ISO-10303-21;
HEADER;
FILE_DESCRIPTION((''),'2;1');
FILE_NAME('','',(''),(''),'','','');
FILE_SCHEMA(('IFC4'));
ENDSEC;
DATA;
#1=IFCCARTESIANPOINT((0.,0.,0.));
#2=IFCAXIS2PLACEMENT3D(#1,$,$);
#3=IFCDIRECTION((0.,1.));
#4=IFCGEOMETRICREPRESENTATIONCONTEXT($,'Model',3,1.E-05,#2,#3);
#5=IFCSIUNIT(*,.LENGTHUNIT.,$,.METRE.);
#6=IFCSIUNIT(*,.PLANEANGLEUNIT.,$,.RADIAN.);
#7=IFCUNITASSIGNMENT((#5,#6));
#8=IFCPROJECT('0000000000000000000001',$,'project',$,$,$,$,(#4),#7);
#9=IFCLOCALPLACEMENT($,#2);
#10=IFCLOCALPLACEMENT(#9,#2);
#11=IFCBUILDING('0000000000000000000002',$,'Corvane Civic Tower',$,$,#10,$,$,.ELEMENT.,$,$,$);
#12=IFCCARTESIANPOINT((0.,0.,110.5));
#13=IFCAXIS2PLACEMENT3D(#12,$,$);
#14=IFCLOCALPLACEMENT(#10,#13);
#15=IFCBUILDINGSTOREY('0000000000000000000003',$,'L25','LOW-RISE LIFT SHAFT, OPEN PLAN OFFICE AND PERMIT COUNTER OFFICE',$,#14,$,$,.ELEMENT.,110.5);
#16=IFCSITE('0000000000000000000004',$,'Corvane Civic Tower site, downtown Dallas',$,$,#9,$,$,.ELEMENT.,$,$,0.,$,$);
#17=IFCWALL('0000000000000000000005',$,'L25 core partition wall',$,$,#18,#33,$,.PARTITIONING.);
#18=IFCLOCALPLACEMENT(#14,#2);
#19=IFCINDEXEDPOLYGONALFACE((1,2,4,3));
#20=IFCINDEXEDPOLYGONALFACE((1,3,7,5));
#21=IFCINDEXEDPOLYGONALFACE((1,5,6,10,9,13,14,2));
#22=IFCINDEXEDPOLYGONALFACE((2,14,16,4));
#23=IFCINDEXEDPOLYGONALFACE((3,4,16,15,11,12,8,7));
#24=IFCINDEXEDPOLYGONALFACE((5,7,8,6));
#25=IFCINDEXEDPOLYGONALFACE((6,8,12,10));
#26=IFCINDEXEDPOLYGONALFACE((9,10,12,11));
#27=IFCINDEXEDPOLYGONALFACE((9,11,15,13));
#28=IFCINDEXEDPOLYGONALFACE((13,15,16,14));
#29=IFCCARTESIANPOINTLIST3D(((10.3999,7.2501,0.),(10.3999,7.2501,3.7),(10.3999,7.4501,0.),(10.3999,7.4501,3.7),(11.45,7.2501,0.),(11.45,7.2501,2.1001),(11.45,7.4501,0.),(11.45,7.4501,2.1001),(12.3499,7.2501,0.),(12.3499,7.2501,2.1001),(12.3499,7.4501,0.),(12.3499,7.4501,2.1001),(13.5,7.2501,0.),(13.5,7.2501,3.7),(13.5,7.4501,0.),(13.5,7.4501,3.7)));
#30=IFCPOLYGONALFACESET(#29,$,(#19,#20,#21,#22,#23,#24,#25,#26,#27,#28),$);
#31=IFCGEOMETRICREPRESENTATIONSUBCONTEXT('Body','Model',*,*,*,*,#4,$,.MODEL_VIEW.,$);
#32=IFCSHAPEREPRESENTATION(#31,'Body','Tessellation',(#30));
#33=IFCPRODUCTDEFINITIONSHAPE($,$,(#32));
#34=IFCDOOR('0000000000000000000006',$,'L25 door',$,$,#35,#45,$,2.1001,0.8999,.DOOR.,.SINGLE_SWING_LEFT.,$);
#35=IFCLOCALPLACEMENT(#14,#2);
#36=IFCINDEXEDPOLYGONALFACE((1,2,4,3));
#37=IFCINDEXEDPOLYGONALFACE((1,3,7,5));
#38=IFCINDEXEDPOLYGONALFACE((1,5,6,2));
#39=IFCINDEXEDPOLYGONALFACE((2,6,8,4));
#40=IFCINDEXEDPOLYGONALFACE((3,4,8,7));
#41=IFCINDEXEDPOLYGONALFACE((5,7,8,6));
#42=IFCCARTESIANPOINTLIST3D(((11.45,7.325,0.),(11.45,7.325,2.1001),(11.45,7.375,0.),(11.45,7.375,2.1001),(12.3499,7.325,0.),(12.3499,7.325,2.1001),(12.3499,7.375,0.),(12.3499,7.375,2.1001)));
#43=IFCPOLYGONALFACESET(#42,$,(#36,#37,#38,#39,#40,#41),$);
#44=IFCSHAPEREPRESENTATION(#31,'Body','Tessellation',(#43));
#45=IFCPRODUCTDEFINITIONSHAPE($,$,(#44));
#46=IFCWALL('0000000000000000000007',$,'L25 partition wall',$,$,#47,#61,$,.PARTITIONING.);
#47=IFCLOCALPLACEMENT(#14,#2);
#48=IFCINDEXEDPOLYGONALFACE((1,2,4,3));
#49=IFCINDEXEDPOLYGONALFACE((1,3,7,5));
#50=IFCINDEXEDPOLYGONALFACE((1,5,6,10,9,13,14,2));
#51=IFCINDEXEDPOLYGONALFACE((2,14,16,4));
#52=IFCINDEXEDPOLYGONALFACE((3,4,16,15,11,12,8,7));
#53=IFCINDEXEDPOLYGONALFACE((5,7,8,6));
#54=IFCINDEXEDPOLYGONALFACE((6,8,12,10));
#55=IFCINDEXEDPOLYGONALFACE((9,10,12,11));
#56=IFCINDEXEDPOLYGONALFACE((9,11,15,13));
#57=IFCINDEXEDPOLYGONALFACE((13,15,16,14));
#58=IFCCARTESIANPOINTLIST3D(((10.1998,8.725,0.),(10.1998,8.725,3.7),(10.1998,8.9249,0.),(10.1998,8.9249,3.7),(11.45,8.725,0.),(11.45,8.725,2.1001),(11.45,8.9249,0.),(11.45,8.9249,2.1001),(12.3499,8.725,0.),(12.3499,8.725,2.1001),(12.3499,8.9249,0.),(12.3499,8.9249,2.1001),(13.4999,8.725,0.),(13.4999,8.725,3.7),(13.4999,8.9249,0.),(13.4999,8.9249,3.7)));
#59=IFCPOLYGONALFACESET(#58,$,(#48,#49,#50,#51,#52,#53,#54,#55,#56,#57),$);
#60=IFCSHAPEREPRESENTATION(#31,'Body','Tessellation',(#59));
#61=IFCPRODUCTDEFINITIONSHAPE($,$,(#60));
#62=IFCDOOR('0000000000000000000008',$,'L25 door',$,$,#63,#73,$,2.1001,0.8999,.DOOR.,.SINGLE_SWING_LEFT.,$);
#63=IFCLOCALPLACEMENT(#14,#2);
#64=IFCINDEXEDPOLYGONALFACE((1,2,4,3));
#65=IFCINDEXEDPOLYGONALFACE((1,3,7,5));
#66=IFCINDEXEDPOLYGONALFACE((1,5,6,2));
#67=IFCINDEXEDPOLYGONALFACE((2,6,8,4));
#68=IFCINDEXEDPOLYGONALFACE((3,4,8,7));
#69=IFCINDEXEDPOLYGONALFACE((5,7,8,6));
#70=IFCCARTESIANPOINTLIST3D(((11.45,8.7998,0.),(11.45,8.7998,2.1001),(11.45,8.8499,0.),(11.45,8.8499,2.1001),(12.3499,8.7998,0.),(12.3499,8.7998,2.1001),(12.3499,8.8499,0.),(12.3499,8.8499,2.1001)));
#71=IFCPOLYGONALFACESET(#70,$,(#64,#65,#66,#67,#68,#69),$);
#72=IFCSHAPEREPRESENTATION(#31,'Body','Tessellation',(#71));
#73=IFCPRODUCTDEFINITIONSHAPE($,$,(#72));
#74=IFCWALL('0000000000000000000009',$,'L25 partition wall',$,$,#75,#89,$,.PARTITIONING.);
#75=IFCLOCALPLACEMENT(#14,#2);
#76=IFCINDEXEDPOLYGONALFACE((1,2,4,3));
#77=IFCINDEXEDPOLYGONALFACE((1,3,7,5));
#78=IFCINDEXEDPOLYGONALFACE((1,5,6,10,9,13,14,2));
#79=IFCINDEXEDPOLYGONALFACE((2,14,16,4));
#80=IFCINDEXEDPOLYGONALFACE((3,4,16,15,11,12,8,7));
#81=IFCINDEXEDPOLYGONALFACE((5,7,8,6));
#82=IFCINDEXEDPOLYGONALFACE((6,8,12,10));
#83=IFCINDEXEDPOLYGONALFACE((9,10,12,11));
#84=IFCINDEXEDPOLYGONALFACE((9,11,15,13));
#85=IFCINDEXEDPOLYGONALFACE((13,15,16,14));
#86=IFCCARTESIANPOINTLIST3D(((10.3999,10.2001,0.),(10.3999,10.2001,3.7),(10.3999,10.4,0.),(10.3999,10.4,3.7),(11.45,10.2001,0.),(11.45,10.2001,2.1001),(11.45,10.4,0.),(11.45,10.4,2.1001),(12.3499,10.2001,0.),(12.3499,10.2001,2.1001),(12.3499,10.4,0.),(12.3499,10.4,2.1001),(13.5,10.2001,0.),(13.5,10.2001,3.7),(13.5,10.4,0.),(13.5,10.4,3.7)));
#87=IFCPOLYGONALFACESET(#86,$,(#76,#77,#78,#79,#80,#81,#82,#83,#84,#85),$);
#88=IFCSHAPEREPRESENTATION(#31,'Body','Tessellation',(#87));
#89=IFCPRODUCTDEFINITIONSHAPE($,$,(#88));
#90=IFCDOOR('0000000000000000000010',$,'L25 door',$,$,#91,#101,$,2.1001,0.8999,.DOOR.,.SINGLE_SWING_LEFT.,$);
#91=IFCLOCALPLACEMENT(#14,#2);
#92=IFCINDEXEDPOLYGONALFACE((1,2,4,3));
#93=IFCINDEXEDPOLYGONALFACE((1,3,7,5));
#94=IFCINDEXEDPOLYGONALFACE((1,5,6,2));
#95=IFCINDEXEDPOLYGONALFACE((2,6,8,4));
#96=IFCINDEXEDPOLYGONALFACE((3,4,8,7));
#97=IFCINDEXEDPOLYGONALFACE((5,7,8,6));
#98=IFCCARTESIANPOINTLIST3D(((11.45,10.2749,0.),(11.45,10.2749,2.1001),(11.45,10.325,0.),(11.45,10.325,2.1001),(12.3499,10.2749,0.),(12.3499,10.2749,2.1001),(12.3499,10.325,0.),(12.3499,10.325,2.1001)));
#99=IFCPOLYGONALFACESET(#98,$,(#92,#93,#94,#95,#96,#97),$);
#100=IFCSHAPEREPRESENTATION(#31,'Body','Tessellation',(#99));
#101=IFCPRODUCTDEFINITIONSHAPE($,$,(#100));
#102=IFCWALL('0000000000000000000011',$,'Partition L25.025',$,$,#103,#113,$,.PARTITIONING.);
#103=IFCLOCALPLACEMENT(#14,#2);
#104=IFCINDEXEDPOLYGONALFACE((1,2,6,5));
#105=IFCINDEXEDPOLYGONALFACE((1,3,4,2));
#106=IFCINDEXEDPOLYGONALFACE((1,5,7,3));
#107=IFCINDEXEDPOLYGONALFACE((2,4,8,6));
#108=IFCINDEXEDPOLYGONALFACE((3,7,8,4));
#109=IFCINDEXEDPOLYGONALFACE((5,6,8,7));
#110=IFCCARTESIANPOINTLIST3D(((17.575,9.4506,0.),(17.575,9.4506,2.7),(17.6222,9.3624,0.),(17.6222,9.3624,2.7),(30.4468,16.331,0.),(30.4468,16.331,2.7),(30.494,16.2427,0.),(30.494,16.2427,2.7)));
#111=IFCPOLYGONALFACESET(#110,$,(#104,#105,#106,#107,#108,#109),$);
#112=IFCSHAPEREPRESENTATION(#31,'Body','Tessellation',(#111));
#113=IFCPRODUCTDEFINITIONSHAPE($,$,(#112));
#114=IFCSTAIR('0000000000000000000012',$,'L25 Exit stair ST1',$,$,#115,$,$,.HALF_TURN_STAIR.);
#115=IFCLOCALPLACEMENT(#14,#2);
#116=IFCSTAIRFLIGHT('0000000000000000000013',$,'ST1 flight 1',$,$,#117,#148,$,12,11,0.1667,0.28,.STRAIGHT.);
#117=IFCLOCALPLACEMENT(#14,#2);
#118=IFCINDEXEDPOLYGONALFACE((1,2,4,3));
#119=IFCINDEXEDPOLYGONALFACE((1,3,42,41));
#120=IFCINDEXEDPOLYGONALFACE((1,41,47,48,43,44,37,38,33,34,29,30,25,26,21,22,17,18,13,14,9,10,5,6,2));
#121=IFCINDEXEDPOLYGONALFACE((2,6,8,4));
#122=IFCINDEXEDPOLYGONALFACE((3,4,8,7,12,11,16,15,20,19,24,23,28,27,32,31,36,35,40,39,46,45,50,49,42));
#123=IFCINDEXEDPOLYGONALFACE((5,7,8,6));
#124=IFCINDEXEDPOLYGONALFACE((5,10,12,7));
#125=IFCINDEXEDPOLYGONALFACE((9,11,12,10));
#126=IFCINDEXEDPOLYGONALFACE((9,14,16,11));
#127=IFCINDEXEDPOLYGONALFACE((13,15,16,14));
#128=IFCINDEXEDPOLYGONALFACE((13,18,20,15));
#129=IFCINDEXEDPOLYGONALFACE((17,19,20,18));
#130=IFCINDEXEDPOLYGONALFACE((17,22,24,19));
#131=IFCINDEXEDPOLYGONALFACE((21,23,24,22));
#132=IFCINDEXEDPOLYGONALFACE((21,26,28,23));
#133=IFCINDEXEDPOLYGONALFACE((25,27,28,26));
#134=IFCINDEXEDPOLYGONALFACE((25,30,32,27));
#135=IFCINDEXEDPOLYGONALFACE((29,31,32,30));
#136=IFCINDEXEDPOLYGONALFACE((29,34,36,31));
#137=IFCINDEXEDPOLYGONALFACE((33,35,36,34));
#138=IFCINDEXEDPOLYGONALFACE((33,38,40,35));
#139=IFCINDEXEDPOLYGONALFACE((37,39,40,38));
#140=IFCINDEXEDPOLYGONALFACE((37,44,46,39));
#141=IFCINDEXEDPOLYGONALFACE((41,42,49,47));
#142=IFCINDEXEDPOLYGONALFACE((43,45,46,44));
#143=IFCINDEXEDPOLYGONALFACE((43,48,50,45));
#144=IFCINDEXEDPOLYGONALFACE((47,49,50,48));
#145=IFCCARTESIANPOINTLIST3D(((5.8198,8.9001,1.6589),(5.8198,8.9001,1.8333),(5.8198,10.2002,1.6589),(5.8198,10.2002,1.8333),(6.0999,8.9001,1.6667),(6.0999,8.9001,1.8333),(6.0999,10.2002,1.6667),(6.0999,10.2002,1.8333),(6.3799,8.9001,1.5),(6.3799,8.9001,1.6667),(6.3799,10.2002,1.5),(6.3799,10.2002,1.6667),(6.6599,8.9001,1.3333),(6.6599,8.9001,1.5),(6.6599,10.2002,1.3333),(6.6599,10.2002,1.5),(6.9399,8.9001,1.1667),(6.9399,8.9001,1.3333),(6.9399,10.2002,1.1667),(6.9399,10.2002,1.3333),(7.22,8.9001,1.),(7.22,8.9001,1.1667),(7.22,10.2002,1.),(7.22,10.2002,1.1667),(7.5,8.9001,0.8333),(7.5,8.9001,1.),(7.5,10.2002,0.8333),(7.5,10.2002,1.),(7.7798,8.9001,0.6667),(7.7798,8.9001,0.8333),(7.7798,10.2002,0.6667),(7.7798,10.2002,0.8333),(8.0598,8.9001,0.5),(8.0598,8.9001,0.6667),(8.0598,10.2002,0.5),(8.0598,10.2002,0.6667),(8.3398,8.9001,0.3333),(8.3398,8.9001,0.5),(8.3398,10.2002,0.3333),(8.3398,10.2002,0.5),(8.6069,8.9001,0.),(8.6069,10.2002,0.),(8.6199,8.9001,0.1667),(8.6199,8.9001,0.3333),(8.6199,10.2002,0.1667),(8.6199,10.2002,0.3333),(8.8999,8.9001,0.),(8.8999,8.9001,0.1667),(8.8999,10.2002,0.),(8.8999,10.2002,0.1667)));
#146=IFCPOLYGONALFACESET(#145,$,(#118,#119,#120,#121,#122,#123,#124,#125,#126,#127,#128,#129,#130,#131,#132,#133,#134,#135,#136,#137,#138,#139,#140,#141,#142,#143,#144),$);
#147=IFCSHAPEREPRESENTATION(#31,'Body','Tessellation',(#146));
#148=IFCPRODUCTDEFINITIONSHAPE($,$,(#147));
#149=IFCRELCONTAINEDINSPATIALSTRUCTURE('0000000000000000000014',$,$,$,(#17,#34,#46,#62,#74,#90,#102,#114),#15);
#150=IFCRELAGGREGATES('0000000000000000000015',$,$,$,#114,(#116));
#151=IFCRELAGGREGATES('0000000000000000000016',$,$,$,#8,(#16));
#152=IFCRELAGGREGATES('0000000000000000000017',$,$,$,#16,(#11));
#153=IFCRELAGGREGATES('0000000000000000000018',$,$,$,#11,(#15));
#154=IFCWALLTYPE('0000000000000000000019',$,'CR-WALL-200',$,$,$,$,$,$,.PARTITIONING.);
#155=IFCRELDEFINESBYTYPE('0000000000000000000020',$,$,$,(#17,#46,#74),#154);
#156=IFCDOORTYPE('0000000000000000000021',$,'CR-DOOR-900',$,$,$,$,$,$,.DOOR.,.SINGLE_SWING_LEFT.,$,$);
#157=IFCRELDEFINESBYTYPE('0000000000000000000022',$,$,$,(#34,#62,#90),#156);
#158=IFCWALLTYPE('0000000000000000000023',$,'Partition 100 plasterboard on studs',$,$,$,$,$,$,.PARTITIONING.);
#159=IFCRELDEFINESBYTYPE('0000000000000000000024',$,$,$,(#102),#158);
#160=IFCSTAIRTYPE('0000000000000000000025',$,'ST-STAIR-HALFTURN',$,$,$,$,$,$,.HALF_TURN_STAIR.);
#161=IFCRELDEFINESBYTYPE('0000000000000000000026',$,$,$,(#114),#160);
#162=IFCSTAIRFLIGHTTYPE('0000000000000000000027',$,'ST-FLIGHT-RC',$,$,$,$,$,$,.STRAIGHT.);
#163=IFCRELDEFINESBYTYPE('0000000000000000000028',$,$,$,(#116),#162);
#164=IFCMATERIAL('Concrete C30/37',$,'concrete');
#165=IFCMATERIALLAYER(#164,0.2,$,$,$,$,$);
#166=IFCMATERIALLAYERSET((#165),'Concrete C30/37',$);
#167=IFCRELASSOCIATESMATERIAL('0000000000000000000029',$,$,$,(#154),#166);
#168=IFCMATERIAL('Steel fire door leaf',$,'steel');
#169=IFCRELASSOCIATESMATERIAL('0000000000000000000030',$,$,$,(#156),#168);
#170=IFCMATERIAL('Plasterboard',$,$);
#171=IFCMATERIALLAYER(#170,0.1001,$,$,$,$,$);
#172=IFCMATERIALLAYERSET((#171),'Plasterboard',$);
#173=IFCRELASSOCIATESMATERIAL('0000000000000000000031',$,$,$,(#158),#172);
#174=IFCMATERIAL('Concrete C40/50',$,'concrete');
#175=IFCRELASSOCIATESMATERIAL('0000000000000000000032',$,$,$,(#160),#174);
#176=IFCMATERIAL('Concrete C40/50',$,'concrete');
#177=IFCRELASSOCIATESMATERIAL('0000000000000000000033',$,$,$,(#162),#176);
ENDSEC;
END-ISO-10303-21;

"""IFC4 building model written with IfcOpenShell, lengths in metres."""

from ifc_helpers import new_model, si_unit, direction, frame, frame_2d, origin, place, context, subcontext, project, spatial, polyline, rectangle, outline, extrude, material, layer, layer_set, type_object, element, fill, aggregate, save


model = new_model("IFC4")

# Units and contexts
model_context = context("Model", 3, precision=1e-05, world=origin(), true_north=direction((0.0, 1.0)))
body_context = subcontext(model_context, "Body", "Model", "MODEL_VIEW")
ifc_project = project(units=[si_unit("LENGTHUNIT", "METRE"), si_unit("PLANEANGLEUNIT", "RADIAN")], contexts=[model_context])

# Site, building, storey
site_placement = place(None, origin())
site = spatial("IfcSite", under=ifc_project, at=site_placement, Name="Corvane Civic Tower site, downtown Dallas", CompositionType="ELEMENT", RefElevation=0.0)
building_placement = place(site_placement, origin())
building = spatial("IfcBuilding", under=site, at=building_placement, Name="Corvane Civic Tower", CompositionType="ELEMENT")
storey_placement = place(building_placement, frame((0.0, 0.0, 110.5)))
storey = spatial("IfcBuildingStorey", under=building, at=storey_placement, Name="L25", Description="LOW-RISE LIFT SHAFT, OPEN PLAN OFFICE AND PERMIT COUNTER OFFICE", CompositionType="ELEMENT", Elevation=110.5)

# Walls, openings, doors
ifc_material_1 = material(Name="Concrete C30/37", Category="concrete")
ifc_layer_1 = layer(ifc_material_1, 0.2)
ifc_layer_set_1 = layer_set([ifc_layer_1], Name="Concrete C30/37")
wall_type_1 = type_object("IfcWallType", Name="CR-WALL-200", PredefinedType="PARTITIONING", material=ifc_layer_set_1)
wall_1_placement = place(storey_placement, frame((10.3999, 7.3501, 0.0), z_axis=(0.0, 0.0, 1.0), x_axis=(1.0, 0.0, 0.0)))
wall_1 = element("IfcWall", 1, at=wall_1_placement, inside=storey, type_object=wall_type_1, Name="L25 core partition wall", PredefinedType="PARTITIONING", context=body_context, shape_type="SweptSolid", body=[
    extrude(rectangle(XDim=3.1001, YDim=0.2, at=frame_2d((1.55, 0.0))), origin(), (0.0, 0.0, 1.0), 3.7),
])
opening_1_placement = place(wall_1_placement, frame((1.05, 0.0, 0.0)))
opening_1 = element("IfcOpeningElement", 2, at=opening_1_placement, cuts=wall_1, PredefinedType="OPENING", context=body_context, shape_type="SweptSolid", body=[
    extrude(rectangle(XDim=0.8999, YDim=2.1001, at=frame_2d((0.45, 1.05))), frame((0.0, 0.1099, 0.0), z_axis=(0.0, -1.0, 0.0), x_axis=(1.0, 0.0, 0.0)), (0.0, 0.0, 1.0), 0.22),
])
ifc_material_2 = material(Name="Steel fire door leaf", Category="steel")
door_type = type_object("IfcDoorType", Name="CR-DOOR-900", OperationType="SINGLE_SWING_LEFT", PredefinedType="DOOR", material=ifc_material_2)
door_1_placement = place(opening_1_placement, origin())
door_1 = element("IfcDoor", 3, at=door_1_placement, inside=storey, type_object=door_type, Name="L25 door", OperationType="SINGLE_SWING_LEFT", OverallHeight=2.1001, OverallWidth=0.8999, PredefinedType="DOOR", context=body_context, shape_type="SweptSolid", body=[
    extrude(rectangle(XDim=0.8999, YDim=2.1001, at=frame_2d((0.45, 1.05))), frame((0.0, 0.0249, 0.0), z_axis=(0.0, -1.0, 0.0), x_axis=(1.0, 0.0, 0.0)), (0.0, 0.0, 1.0), 0.05),
])
fill(opening_1, door_1)
wall_2_placement = place(storey_placement, frame((10.2, 8.825, 0.0), z_axis=(0.0, 0.0, 1.0), x_axis=(1.0, 0.0, 0.0)))
wall_2 = element("IfcWall", 4, at=wall_2_placement, inside=storey, type_object=wall_type_1, Name="L25 partition wall", PredefinedType="PARTITIONING", context=body_context, shape_type="SweptSolid", body=[
    extrude(rectangle(XDim=3.3, YDim=0.2, at=frame_2d((1.6499, 0.0))), origin(), (0.0, 0.0, 1.0), 3.7),
])
opening_2_placement = place(wall_2_placement, frame((1.25, 0.0, 0.0)))
opening_2 = element("IfcOpeningElement", 5, at=opening_2_placement, cuts=wall_2, PredefinedType="OPENING", context=body_context, shape_type="SweptSolid", body=[
    extrude(rectangle(XDim=0.8999, YDim=2.1001, at=frame_2d((0.45, 1.05))), frame((0.0, 0.1099, 0.0), z_axis=(0.0, -1.0, 0.0), x_axis=(1.0, 0.0, 0.0)), (0.0, 0.0, 1.0), 0.22),
])
door_2_placement = place(opening_2_placement, origin())
door_2 = element("IfcDoor", 6, at=door_2_placement, inside=storey, type_object=door_type, Name="L25 door", OperationType="SINGLE_SWING_LEFT", OverallHeight=2.1001, OverallWidth=0.8999, PredefinedType="DOOR", context=body_context, shape_type="SweptSolid", body=[
    extrude(rectangle(XDim=0.8999, YDim=2.1001, at=frame_2d((0.45, 1.05))), frame((0.0, 0.0249, 0.0), z_axis=(0.0, -1.0, 0.0), x_axis=(1.0, 0.0, 0.0)), (0.0, 0.0, 1.0), 0.05),
])
fill(opening_2, door_2)
wall_3_placement = place(storey_placement, frame((10.3999, 10.3, 0.0), z_axis=(0.0, 0.0, 1.0), x_axis=(1.0, 0.0, 0.0)))
wall_3 = element("IfcWall", 7, at=wall_3_placement, inside=storey, type_object=wall_type_1, Name="L25 partition wall", PredefinedType="PARTITIONING", context=body_context, shape_type="SweptSolid", body=[
    extrude(rectangle(XDim=3.1001, YDim=0.2, at=frame_2d((1.55, 0.0))), origin(), (0.0, 0.0, 1.0), 3.7),
])
opening_3_placement = place(wall_3_placement, frame((1.05, 0.0, 0.0)))
opening_3 = element("IfcOpeningElement", 8, at=opening_3_placement, cuts=wall_3, PredefinedType="OPENING", context=body_context, shape_type="SweptSolid", body=[
    extrude(rectangle(XDim=0.8999, YDim=2.1001, at=frame_2d((0.45, 1.05))), frame((0.0, 0.1099, 0.0), z_axis=(0.0, -1.0, 0.0), x_axis=(1.0, 0.0, 0.0)), (0.0, 0.0, 1.0), 0.22),
])
door_3_placement = place(opening_3_placement, origin())
door_3 = element("IfcDoor", 9, at=door_3_placement, inside=storey, type_object=door_type, Name="L25 door", OperationType="SINGLE_SWING_LEFT", OverallHeight=2.1001, OverallWidth=0.8999, PredefinedType="DOOR", context=body_context, shape_type="SweptSolid", body=[
    extrude(rectangle(XDim=0.8999, YDim=2.1001, at=frame_2d((0.45, 1.05))), frame((0.0, 0.0249, 0.0), z_axis=(0.0, -1.0, 0.0), x_axis=(1.0, 0.0, 0.0)), (0.0, 0.0, 1.0), 0.05),
])
fill(opening_3, door_3)

# Wall
ifc_material_3 = material(Name="Plasterboard")
ifc_layer_2 = layer(ifc_material_3, 0.1001)
ifc_layer_set_2 = layer_set([ifc_layer_2], Name="Plasterboard")
wall_type_2 = type_object("IfcWallType", Name="Partition 100 plasterboard on studs", PredefinedType="PARTITIONING", material=ifc_layer_set_2)
wall_4_placement = place(storey_placement, frame((17.5986, 9.4065, 0.0), z_axis=(0.0, 0.0, 1.0), x_axis=(0.881915, 0.471409, 0.0)))
element("IfcWall", 10, at=wall_4_placement, inside=storey, type_object=wall_type_2, Name="Partition L25.025", PredefinedType="PARTITIONING", context=body_context, shape_type="SweptSolid", body=[
    extrude(rectangle(XDim=14.5952, YDim=0.1001, at=frame_2d((7.2976, 0.0))), origin(), (0.0, 0.0, 1.0), 2.7),
])

# Stair, stair flight
ifc_material_4 = material(Name="Concrete C40/50", Category="concrete")
stair_type = type_object("IfcStairType", Name="ST-STAIR-HALFTURN", PredefinedType="HALF_TURN_STAIR", material=ifc_material_4)
stair_placement = place(storey_placement, origin())
stair = element("IfcStair", 11, at=stair_placement, inside=storey, type_object=stair_type, Name="L25 Exit stair ST1", PredefinedType="HALF_TURN_STAIR")
ifc_material_5 = material(Name="Concrete C40/50", Category="concrete")
stair_flight_type = type_object("IfcStairFlightType", Name="ST-FLIGHT-RC", PredefinedType="STRAIGHT", material=ifc_material_5)
stair_flight_placement = place(storey_placement, frame((8.8999, 9.55, 0.0), z_axis=(0.0, 0.0, 1.0), x_axis=(-1.0, 0.0, 0.0)))
stair_flight = element("IfcStairFlight", 12, at=stair_flight_placement, type_object=stair_flight_type, Name="ST1 flight 1", NumberOfRisers=12, NumberOfTreads=11, PredefinedType="STRAIGHT", RiserHeight=0.1667, TreadLength=0.28, context=body_context, shape_type="SweptSolid", body=[
    extrude(outline(polyline([(0.0, 0.0), (0.0, 0.1667), (0.28, 0.1667), (0.28, 0.3333), (0.5601, 0.3333), (0.5601, 0.5), (0.8401, 0.5), (0.8401, 0.6667), (1.1201, 0.6667), (1.1201, 0.8333), (1.3999, 0.8333), (1.3999, 1.0), (1.6799, 1.0), (1.6799, 1.1667), (1.96, 1.1667), (1.96, 1.3333), (2.24, 1.3333), (2.24, 1.5), (2.52, 1.5), (2.52, 1.6667), (2.8, 1.6667), (2.8, 1.8333), (3.0801, 1.8333), (3.0801, 2.0), (3.0801, 1.6589), (0.293, 0.0), (0.0, 0.0)])), frame((0.0, 0.6499, 0.0), z_axis=(0.0, -1.0, 0.0), x_axis=(1.0, 0.0, 0.0)), (0.0, 0.0, 1.0), 1.3),
])
aggregate(stair, [stair_flight])

save(model, "model.ifc")
